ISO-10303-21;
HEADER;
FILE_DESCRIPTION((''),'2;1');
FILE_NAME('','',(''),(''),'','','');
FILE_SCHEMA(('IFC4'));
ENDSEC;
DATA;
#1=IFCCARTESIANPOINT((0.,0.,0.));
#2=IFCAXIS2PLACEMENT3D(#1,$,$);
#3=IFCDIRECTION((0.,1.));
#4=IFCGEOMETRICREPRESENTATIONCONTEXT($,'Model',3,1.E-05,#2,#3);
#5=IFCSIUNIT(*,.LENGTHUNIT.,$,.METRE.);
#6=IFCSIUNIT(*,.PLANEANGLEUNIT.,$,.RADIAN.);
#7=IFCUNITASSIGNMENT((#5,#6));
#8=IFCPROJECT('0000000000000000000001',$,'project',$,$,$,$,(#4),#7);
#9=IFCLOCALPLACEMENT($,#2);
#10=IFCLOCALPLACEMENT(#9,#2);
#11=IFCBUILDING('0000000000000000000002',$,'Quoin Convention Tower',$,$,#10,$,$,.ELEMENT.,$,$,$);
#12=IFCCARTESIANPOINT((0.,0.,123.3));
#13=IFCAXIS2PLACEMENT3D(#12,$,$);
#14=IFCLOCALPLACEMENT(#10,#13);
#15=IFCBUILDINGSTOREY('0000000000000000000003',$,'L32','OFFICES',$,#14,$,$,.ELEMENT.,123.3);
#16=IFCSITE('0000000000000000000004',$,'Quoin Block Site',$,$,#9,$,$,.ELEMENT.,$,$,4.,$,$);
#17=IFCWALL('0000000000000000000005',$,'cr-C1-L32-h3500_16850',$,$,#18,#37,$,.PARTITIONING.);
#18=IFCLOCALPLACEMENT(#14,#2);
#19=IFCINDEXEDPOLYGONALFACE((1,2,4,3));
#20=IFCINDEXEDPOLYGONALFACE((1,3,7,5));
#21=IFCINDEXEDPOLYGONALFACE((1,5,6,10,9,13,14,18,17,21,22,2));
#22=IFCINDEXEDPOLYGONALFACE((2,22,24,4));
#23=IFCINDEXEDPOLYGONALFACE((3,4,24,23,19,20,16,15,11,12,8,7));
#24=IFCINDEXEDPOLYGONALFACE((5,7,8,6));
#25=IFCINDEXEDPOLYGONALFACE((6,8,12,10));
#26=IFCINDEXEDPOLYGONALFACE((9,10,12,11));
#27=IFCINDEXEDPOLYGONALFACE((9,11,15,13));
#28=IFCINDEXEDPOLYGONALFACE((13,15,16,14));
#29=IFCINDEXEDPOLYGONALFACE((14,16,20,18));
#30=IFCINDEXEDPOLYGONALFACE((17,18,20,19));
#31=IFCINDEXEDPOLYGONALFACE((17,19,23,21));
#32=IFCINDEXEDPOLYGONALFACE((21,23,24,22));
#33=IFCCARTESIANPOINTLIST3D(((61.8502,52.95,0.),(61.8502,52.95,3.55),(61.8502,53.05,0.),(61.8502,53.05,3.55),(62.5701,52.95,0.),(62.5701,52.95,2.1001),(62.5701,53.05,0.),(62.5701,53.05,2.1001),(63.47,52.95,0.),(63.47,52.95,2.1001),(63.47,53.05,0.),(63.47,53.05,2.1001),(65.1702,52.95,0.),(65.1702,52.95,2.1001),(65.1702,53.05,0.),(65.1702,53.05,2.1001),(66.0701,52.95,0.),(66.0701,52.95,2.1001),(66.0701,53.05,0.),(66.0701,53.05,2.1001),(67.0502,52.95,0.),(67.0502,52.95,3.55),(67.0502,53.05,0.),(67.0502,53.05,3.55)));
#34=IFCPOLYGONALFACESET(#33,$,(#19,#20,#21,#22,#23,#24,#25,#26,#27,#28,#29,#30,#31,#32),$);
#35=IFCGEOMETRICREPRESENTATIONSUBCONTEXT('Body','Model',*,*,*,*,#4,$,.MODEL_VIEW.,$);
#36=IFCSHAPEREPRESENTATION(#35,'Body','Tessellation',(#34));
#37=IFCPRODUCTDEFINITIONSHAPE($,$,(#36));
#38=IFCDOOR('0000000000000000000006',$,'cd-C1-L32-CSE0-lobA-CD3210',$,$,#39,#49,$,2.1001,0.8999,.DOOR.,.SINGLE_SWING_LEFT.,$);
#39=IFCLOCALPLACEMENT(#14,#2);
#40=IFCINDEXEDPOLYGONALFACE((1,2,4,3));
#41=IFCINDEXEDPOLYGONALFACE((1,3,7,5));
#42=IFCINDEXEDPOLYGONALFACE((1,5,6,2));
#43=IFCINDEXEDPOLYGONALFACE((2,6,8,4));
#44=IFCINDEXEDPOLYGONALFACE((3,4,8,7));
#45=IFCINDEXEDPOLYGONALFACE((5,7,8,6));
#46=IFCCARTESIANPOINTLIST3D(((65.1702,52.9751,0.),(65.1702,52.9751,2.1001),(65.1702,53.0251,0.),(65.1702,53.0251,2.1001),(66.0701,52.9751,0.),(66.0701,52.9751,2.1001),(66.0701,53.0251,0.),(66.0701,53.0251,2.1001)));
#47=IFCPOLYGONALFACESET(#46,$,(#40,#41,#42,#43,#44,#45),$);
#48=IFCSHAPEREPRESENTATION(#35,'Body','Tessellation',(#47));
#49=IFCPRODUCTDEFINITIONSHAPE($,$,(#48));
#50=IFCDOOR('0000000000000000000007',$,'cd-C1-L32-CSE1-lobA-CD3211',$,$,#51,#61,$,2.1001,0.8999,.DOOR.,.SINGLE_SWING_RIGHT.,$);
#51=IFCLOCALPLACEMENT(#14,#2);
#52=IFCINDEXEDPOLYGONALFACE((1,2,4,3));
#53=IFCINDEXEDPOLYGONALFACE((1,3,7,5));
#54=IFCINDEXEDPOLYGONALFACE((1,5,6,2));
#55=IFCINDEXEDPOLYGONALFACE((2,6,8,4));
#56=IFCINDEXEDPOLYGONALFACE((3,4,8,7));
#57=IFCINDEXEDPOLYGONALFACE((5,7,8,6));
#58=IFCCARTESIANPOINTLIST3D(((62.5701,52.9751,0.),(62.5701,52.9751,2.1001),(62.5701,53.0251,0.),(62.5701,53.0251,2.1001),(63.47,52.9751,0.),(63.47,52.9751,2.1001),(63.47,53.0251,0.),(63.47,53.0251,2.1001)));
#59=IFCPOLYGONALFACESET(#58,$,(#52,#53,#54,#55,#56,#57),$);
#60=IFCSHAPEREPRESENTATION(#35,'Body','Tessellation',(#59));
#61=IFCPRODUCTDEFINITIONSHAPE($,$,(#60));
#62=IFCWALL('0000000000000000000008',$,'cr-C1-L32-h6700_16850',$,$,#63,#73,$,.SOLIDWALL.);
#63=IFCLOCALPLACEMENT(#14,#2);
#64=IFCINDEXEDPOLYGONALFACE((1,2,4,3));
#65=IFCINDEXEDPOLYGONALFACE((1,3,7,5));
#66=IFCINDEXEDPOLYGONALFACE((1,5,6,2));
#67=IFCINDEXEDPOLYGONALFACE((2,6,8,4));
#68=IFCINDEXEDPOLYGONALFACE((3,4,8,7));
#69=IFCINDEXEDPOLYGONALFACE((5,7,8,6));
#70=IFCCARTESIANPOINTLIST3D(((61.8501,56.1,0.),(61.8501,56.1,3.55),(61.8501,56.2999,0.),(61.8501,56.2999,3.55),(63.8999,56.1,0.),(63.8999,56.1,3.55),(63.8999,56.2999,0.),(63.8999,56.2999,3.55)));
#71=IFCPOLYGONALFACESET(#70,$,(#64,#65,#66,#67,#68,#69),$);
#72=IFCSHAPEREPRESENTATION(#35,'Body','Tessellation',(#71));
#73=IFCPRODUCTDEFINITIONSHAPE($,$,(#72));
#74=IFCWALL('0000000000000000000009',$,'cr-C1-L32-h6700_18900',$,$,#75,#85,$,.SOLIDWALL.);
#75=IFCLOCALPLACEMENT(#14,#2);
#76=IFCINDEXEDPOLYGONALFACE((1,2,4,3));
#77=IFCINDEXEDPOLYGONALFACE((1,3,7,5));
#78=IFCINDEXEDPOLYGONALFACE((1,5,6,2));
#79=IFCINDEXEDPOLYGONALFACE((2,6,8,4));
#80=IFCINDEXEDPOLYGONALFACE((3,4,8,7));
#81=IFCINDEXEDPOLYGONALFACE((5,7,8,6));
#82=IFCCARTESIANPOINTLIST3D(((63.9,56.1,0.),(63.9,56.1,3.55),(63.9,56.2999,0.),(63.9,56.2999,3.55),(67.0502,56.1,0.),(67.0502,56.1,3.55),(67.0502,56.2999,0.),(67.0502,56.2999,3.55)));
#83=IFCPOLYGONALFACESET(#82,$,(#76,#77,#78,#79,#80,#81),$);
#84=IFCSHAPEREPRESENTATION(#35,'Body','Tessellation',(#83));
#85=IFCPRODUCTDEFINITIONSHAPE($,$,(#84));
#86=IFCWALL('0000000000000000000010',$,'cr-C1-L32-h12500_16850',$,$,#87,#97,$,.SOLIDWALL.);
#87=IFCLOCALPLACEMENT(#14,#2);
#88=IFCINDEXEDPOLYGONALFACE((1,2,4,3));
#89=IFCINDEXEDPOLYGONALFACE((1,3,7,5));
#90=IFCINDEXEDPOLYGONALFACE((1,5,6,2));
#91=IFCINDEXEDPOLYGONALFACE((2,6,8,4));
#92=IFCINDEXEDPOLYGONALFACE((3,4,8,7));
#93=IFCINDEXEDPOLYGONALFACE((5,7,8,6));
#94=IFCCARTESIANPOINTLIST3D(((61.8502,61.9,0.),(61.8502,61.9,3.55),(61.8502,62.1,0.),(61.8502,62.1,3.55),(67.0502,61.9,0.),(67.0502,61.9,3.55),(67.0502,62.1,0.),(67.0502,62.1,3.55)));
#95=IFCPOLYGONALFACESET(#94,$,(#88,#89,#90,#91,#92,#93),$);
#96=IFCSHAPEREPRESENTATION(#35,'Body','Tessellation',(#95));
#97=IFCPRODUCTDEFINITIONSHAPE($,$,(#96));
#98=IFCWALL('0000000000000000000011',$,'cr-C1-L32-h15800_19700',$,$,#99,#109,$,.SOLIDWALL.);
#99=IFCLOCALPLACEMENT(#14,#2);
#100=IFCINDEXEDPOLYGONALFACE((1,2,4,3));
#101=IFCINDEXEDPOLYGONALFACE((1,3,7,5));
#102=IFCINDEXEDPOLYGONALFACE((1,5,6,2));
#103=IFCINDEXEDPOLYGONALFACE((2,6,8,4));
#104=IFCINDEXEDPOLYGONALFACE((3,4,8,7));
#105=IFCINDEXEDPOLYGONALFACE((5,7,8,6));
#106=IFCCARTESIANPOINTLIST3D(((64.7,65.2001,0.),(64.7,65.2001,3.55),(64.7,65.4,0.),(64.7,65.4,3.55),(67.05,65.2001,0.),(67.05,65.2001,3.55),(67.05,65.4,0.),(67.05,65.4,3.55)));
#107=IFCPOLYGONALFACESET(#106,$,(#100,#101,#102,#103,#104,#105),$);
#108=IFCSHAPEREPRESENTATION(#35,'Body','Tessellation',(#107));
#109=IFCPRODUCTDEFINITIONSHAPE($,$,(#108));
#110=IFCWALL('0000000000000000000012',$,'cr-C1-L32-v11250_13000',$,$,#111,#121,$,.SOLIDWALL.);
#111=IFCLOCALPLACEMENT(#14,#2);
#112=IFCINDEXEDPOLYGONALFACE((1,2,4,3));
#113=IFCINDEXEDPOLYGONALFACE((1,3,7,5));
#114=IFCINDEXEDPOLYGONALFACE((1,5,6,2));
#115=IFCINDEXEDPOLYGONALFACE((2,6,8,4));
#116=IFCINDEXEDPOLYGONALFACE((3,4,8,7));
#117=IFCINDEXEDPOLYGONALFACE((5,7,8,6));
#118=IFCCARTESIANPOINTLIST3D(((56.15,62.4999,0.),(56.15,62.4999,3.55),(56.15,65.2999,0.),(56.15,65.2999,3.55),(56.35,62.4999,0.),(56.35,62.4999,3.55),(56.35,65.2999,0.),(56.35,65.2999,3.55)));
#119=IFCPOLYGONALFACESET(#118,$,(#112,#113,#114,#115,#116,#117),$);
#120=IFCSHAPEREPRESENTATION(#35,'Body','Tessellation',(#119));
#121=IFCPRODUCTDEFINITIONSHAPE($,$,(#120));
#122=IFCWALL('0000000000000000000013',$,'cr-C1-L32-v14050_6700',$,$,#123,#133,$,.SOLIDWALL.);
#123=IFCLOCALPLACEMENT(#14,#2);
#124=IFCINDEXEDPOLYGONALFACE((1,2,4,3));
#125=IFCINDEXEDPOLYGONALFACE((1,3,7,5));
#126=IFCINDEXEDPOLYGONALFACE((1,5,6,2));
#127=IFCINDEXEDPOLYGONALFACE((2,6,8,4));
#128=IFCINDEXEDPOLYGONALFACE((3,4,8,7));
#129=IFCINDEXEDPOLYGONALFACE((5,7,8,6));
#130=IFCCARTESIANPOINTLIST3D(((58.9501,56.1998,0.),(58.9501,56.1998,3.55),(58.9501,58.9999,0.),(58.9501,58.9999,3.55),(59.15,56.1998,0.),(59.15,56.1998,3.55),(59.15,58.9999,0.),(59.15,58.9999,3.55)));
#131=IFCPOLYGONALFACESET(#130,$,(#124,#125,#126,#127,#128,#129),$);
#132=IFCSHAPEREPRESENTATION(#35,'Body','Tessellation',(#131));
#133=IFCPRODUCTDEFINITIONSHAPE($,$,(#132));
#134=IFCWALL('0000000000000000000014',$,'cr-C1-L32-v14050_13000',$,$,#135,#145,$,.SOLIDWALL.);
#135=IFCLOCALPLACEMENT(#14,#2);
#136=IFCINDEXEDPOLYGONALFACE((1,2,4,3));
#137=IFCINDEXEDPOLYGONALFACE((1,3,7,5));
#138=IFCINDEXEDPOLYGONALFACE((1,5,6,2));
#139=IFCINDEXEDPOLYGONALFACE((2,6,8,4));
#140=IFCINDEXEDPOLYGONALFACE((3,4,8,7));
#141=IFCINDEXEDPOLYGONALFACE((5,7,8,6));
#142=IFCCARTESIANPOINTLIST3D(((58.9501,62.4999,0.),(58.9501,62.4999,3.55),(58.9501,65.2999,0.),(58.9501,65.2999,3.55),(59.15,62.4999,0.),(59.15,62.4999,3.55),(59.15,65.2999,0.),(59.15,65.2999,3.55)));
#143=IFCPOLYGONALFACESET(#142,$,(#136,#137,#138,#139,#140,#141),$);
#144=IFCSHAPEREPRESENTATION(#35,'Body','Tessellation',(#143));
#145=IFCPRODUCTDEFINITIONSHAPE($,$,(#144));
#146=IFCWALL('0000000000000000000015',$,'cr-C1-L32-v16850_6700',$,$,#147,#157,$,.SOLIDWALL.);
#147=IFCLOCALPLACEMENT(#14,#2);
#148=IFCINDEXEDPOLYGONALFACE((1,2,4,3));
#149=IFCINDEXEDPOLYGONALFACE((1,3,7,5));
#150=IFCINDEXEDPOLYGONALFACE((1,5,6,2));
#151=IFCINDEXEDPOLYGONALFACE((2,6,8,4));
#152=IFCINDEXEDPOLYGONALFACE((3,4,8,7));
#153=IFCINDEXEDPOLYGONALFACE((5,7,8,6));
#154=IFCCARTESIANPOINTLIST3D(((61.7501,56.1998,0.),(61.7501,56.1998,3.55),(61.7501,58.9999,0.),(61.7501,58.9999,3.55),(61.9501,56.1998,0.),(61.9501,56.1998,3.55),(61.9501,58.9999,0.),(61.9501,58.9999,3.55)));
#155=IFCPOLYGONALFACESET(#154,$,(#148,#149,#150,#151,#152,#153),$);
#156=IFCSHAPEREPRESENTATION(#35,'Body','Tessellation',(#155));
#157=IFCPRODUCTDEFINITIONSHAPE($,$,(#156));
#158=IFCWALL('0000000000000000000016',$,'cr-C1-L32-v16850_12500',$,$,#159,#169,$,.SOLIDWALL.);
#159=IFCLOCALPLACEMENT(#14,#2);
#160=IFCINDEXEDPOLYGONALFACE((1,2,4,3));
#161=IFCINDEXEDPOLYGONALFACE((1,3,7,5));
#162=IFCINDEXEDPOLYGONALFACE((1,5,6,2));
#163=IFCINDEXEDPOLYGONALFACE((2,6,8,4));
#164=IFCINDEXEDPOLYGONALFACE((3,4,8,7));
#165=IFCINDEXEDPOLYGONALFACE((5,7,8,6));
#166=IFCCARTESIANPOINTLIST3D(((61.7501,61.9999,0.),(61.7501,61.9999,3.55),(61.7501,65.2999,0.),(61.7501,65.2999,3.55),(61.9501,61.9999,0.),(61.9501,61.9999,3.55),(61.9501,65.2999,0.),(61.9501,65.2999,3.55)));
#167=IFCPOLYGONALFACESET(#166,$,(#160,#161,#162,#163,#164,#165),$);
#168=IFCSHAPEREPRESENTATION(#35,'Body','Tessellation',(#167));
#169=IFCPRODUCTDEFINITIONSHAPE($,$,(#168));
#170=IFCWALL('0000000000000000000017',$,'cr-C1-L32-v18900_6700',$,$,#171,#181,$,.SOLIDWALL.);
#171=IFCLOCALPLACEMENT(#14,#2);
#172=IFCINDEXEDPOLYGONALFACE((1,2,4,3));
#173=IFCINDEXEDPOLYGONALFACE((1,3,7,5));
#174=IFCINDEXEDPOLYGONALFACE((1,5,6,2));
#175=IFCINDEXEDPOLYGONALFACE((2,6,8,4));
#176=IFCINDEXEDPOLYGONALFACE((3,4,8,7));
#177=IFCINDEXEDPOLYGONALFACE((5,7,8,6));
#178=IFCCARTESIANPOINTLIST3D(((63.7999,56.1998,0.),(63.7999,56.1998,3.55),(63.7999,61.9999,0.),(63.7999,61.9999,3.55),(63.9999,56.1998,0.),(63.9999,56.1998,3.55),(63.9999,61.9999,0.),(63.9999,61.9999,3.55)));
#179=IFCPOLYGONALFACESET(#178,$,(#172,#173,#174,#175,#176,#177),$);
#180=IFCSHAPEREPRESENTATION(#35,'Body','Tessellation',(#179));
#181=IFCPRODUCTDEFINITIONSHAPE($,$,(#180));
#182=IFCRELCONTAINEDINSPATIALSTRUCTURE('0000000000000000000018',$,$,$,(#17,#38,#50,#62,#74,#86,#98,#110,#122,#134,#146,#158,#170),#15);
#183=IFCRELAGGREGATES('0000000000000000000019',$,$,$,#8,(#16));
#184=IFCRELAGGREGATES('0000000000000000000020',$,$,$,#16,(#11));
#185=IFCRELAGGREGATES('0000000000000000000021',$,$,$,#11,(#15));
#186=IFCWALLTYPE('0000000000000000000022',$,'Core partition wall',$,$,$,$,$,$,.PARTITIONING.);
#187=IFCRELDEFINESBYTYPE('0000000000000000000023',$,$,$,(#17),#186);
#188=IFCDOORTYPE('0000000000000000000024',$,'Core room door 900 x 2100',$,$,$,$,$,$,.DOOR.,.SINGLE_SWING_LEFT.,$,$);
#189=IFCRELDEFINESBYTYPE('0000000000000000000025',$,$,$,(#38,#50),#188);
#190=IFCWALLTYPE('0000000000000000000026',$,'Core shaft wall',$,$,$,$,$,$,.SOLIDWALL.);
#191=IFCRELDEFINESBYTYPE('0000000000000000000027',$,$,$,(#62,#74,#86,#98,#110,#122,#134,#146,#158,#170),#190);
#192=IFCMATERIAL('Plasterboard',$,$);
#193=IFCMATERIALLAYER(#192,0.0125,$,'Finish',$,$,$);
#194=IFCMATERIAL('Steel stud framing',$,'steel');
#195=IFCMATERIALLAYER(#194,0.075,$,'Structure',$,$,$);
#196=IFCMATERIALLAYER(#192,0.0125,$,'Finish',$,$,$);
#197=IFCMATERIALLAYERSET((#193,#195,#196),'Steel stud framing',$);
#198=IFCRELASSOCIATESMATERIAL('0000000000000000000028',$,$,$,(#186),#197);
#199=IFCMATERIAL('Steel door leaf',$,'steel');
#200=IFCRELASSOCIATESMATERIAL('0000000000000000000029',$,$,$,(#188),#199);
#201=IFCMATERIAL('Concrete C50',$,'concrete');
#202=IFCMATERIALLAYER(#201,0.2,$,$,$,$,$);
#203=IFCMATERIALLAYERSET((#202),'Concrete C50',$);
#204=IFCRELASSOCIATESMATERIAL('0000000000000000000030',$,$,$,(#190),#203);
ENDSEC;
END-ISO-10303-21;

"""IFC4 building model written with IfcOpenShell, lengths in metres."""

from ifc_helpers import new_model, si_unit, direction, frame, frame_2d, origin, place, context, subcontext, project, spatial, rectangle, extrude, material, layer, layer_set, type_object, element, fill, save


model = new_model("IFC4")

# Units and contexts
model_context = context("Model", 3, precision=1e-05, world=origin(), true_north=direction((0.0, 1.0)))
body_context = subcontext(model_context, "Body", "Model", "MODEL_VIEW")
ifc_project = project(units=[si_unit("LENGTHUNIT", "METRE"), si_unit("PLANEANGLEUNIT", "RADIAN")], contexts=[model_context])

# Site, building, storey
site_placement = place(None, origin())
site = spatial("IfcSite", under=ifc_project, at=site_placement, Name="Quoin Block Site", CompositionType="ELEMENT", RefElevation=4.0)
building_placement = place(site_placement, origin())
building = spatial("IfcBuilding", under=site, at=building_placement, Name="Quoin Convention Tower", CompositionType="ELEMENT")
storey_placement = place(building_placement, frame((0.0, 0.0, 123.3)))
storey = spatial("IfcBuildingStorey", under=building, at=storey_placement, Name="L32", Description="OFFICES", CompositionType="ELEMENT", Elevation=123.3)

# Wall, openings, doors
ifc_material_1 = material(Name="Plasterboard")
ifc_layer_1 = layer(ifc_material_1, 0.0125, Name="Finish")
ifc_material_2 = material(Name="Steel stud framing", Category="steel")
ifc_layer_2 = layer(ifc_material_2, 0.075, Name="Structure")
ifc_layer_3 = layer(ifc_material_1, 0.0125, Name="Finish")
ifc_layer_set_1 = layer_set([ifc_layer_1, ifc_layer_2, ifc_layer_3], Name="Steel stud framing")
wall_type_1 = type_object("IfcWallType", Name="Core partition wall", PredefinedType="PARTITIONING", material=ifc_layer_set_1)
wall_1_placement = place(storey_placement, frame((61.8501, 53.0, 0.0), z_axis=(0.0, 0.0, 1.0), x_axis=(1.0, 0.0, 0.0)))
wall_1 = element("IfcWall", 1, at=wall_1_placement, inside=storey, type_object=wall_type_1, Name="cr-C1-L32-h3500_16850", PredefinedType="PARTITIONING", context=body_context, shape_type="SweptSolid", body=[
    extrude(rectangle(XDim=5.2, YDim=0.1001, at=frame_2d((2.6001, 0.0))), origin(), (0.0, 0.0, 1.0), 3.55),
])
opening_1_placement = place(wall_1_placement, frame((3.3201, 0.0, 0.0)))
opening_1 = element("IfcOpeningElement", 2, at=opening_1_placement, cuts=wall_1, PredefinedType="OPENING", context=body_context, shape_type="SweptSolid", body=[
    extrude(rectangle(XDim=0.8999, YDim=2.1001, at=frame_2d((0.45, 1.05))), frame((0.0, 0.0601, 0.0), z_axis=(0.0, -1.0, 0.0), x_axis=(1.0, 0.0, 0.0)), (0.0, 0.0, 1.0), 0.1201),
])
opening_2_placement = place(wall_1_placement, frame((0.72, 0.0, 0.0)))
opening_2 = element("IfcOpeningElement", 3, at=opening_2_placement, cuts=wall_1, PredefinedType="OPENING", context=body_context, shape_type="SweptSolid", body=[
    extrude(rectangle(XDim=0.8999, YDim=2.1001, at=frame_2d((0.45, 1.05))), frame((0.0, 0.0601, 0.0), z_axis=(0.0, -1.0, 0.0), x_axis=(1.0, 0.0, 0.0)), (0.0, 0.0, 1.0), 0.1201),
])
ifc_material_3 = material(Name="Steel door leaf", Category="steel")
door_type_1 = type_object("IfcDoorType", Name="Core room door 900 x 2100", OperationType="SINGLE_SWING_LEFT", PredefinedType="DOOR", material=ifc_material_3)
door_1_placement = place(opening_1_placement, frame((0.8999, 0.0, 0.0), z_axis=(0.0, 0.0, 1.0), x_axis=(-1.0, 0.0, 0.0)))
door_1 = element("IfcDoor", 4, at=door_1_placement, inside=storey, type_object=door_type_1, Name="cd-C1-L32-CSE0-lobA-CD3210", OperationType="SINGLE_SWING_LEFT", OverallHeight=2.1001, OverallWidth=0.8999, PredefinedType="DOOR", context=body_context, shape_type="SweptSolid", body=[
    extrude(rectangle(XDim=0.8999, YDim=2.1001, at=frame_2d((0.45, 1.05))), frame((0.0, 0.0249, 0.0), z_axis=(0.0, -1.0, 0.0), x_axis=(1.0, 0.0, 0.0)), (0.0, 0.0, 1.0), 0.05),
])
fill(opening_1, door_1)
door_2_placement = place(opening_2_placement, frame((0.8999, 0.0, 0.0), z_axis=(0.0, 0.0, 1.0), x_axis=(-1.0, 0.0, 0.0)))
door_2 = element("IfcDoor", 5, at=door_2_placement, inside=storey, type_object=door_type_1, Name="cd-C1-L32-CSE1-lobA-CD3211", OperationType="SINGLE_SWING_RIGHT", OverallHeight=2.1001, OverallWidth=0.8999, PredefinedType="DOOR", context=body_context, shape_type="SweptSolid", body=[
    extrude(rectangle(XDim=0.8999, YDim=2.1001, at=frame_2d((0.45, 1.05))), frame((0.0, 0.0249, 0.0), z_axis=(0.0, -1.0, 0.0), x_axis=(1.0, 0.0, 0.0)), (0.0, 0.0, 1.0), 0.05),
])
fill(opening_2, door_2)

# Walls
ifc_material_4 = material(Name="Concrete C50", Category="concrete")
ifc_layer_4 = layer(ifc_material_4, 0.2)
ifc_layer_set_2 = layer_set([ifc_layer_4], Name="Concrete C50")
wall_type_2 = type_object("IfcWallType", Name="Core shaft wall", PredefinedType="SOLIDWALL", material=ifc_layer_set_2)
wall_2_placement = place(storey_placement, frame((61.8501, 56.2, 0.0), z_axis=(0.0, 0.0, 1.0), x_axis=(1.0, 0.0, 0.0)))
element("IfcWall", 6, at=wall_2_placement, inside=storey, type_object=wall_type_2, Name="cr-C1-L32-h6700_16850", PredefinedType="SOLIDWALL", context=body_context, shape_type="SweptSolid", body=[
    extrude(rectangle(XDim=2.0498, YDim=0.2, at=frame_2d((1.0249, 0.0))), origin(), (0.0, 0.0, 1.0), 3.55),
])
wall_3_placement = place(storey_placement, frame((63.8999, 56.2, 0.0), z_axis=(0.0, 0.0, 1.0), x_axis=(1.0, 0.0, 0.0)))
element("IfcWall", 7, at=wall_3_placement, inside=storey, type_object=wall_type_2, Name="cr-C1-L32-h6700_18900", PredefinedType="SOLIDWALL", context=body_context, shape_type="SweptSolid", body=[
    extrude(rectangle(XDim=3.1501, YDim=0.2, at=frame_2d((1.5752, 0.0))), origin(), (0.0, 0.0, 1.0), 3.55),
])
wall_4_placement = place(storey_placement, frame((61.8501, 62.0, 0.0), z_axis=(0.0, 0.0, 1.0), x_axis=(1.0, 0.0, 0.0)))
element("IfcWall", 8, at=wall_4_placement, inside=storey, type_object=wall_type_2, Name="cr-C1-L32-h12500_16850", PredefinedType="SOLIDWALL", context=body_context, shape_type="SweptSolid", body=[
    extrude(rectangle(XDim=5.2, YDim=0.2, at=frame_2d((2.6001, 0.0))), origin(), (0.0, 0.0, 1.0), 3.55),
])
wall_5_placement = place(storey_placement, frame((64.7, 65.3, 0.0), z_axis=(0.0, 0.0, 1.0), x_axis=(1.0, 0.0, 0.0)))
element("IfcWall", 9, at=wall_5_placement, inside=storey, type_object=wall_type_2, Name="cr-C1-L32-h15800_19700", PredefinedType="SOLIDWALL", context=body_context, shape_type="SweptSolid", body=[
    extrude(rectangle(XDim=2.3501, YDim=0.2, at=frame_2d((1.175, 0.0))), origin(), (0.0, 0.0, 1.0), 3.55),
])
for number, where, z_axis, x_axis, name in (
    (10, (56.25, 62.5, 0.0), (0.0, 0.0, 1.0), (0.0, 1.0, 0.0), "cr-C1-L32-v11250_13000"),
    (11, (59.05, 56.2, 0.0), (0.0, 0.0, 1.0), (0.0, 1.0, 0.0), "cr-C1-L32-v14050_6700"),
    (12, (59.05, 62.5, 0.0), (0.0, 0.0, 1.0), (0.0, 1.0, 0.0), "cr-C1-L32-v14050_13000"),
    (13, (61.8501, 56.2, 0.0), (0.0, 0.0, 1.0), (0.0, 1.0, 0.0), "cr-C1-L32-v16850_6700"),
):
    element("IfcWall", number, at=place(storey_placement, frame(where, z_axis=z_axis, x_axis=x_axis)), inside=storey, type_object=wall_type_2, Name=name, PredefinedType="SOLIDWALL", context=body_context, shape_type="SweptSolid", body=[
        extrude(rectangle(XDim=2.8, YDim=0.2, at=frame_2d((1.3999, 0.0))), origin(), (0.0, 0.0, 1.0), 3.55),
    ])
wall_6_placement = place(storey_placement, frame((61.8501, 62.0, 0.0), z_axis=(0.0, 0.0, 1.0), x_axis=(0.0, 1.0, 0.0)))
element("IfcWall", 14, at=wall_6_placement, inside=storey, type_object=wall_type_2, Name="cr-C1-L32-v16850_12500", PredefinedType="SOLIDWALL", context=body_context, shape_type="SweptSolid", body=[
    extrude(rectangle(XDim=3.3, YDim=0.2, at=frame_2d((1.6499, 0.0))), origin(), (0.0, 0.0, 1.0), 3.55),
])
wall_7_placement = place(storey_placement, frame((63.8999, 56.2, 0.0), z_axis=(0.0, 0.0, 1.0), x_axis=(0.0, 1.0, 0.0)))
element("IfcWall", 15, at=wall_7_placement, inside=storey, type_object=wall_type_2, Name="cr-C1-L32-v18900_6700", PredefinedType="SOLIDWALL", context=body_context, shape_type="SweptSolid", body=[
    extrude(rectangle(XDim=5.8, YDim=0.2, at=frame_2d((2.8999, 0.0))), origin(), (0.0, 0.0, 1.0), 3.55),
])

save(model, "model.ifc")
